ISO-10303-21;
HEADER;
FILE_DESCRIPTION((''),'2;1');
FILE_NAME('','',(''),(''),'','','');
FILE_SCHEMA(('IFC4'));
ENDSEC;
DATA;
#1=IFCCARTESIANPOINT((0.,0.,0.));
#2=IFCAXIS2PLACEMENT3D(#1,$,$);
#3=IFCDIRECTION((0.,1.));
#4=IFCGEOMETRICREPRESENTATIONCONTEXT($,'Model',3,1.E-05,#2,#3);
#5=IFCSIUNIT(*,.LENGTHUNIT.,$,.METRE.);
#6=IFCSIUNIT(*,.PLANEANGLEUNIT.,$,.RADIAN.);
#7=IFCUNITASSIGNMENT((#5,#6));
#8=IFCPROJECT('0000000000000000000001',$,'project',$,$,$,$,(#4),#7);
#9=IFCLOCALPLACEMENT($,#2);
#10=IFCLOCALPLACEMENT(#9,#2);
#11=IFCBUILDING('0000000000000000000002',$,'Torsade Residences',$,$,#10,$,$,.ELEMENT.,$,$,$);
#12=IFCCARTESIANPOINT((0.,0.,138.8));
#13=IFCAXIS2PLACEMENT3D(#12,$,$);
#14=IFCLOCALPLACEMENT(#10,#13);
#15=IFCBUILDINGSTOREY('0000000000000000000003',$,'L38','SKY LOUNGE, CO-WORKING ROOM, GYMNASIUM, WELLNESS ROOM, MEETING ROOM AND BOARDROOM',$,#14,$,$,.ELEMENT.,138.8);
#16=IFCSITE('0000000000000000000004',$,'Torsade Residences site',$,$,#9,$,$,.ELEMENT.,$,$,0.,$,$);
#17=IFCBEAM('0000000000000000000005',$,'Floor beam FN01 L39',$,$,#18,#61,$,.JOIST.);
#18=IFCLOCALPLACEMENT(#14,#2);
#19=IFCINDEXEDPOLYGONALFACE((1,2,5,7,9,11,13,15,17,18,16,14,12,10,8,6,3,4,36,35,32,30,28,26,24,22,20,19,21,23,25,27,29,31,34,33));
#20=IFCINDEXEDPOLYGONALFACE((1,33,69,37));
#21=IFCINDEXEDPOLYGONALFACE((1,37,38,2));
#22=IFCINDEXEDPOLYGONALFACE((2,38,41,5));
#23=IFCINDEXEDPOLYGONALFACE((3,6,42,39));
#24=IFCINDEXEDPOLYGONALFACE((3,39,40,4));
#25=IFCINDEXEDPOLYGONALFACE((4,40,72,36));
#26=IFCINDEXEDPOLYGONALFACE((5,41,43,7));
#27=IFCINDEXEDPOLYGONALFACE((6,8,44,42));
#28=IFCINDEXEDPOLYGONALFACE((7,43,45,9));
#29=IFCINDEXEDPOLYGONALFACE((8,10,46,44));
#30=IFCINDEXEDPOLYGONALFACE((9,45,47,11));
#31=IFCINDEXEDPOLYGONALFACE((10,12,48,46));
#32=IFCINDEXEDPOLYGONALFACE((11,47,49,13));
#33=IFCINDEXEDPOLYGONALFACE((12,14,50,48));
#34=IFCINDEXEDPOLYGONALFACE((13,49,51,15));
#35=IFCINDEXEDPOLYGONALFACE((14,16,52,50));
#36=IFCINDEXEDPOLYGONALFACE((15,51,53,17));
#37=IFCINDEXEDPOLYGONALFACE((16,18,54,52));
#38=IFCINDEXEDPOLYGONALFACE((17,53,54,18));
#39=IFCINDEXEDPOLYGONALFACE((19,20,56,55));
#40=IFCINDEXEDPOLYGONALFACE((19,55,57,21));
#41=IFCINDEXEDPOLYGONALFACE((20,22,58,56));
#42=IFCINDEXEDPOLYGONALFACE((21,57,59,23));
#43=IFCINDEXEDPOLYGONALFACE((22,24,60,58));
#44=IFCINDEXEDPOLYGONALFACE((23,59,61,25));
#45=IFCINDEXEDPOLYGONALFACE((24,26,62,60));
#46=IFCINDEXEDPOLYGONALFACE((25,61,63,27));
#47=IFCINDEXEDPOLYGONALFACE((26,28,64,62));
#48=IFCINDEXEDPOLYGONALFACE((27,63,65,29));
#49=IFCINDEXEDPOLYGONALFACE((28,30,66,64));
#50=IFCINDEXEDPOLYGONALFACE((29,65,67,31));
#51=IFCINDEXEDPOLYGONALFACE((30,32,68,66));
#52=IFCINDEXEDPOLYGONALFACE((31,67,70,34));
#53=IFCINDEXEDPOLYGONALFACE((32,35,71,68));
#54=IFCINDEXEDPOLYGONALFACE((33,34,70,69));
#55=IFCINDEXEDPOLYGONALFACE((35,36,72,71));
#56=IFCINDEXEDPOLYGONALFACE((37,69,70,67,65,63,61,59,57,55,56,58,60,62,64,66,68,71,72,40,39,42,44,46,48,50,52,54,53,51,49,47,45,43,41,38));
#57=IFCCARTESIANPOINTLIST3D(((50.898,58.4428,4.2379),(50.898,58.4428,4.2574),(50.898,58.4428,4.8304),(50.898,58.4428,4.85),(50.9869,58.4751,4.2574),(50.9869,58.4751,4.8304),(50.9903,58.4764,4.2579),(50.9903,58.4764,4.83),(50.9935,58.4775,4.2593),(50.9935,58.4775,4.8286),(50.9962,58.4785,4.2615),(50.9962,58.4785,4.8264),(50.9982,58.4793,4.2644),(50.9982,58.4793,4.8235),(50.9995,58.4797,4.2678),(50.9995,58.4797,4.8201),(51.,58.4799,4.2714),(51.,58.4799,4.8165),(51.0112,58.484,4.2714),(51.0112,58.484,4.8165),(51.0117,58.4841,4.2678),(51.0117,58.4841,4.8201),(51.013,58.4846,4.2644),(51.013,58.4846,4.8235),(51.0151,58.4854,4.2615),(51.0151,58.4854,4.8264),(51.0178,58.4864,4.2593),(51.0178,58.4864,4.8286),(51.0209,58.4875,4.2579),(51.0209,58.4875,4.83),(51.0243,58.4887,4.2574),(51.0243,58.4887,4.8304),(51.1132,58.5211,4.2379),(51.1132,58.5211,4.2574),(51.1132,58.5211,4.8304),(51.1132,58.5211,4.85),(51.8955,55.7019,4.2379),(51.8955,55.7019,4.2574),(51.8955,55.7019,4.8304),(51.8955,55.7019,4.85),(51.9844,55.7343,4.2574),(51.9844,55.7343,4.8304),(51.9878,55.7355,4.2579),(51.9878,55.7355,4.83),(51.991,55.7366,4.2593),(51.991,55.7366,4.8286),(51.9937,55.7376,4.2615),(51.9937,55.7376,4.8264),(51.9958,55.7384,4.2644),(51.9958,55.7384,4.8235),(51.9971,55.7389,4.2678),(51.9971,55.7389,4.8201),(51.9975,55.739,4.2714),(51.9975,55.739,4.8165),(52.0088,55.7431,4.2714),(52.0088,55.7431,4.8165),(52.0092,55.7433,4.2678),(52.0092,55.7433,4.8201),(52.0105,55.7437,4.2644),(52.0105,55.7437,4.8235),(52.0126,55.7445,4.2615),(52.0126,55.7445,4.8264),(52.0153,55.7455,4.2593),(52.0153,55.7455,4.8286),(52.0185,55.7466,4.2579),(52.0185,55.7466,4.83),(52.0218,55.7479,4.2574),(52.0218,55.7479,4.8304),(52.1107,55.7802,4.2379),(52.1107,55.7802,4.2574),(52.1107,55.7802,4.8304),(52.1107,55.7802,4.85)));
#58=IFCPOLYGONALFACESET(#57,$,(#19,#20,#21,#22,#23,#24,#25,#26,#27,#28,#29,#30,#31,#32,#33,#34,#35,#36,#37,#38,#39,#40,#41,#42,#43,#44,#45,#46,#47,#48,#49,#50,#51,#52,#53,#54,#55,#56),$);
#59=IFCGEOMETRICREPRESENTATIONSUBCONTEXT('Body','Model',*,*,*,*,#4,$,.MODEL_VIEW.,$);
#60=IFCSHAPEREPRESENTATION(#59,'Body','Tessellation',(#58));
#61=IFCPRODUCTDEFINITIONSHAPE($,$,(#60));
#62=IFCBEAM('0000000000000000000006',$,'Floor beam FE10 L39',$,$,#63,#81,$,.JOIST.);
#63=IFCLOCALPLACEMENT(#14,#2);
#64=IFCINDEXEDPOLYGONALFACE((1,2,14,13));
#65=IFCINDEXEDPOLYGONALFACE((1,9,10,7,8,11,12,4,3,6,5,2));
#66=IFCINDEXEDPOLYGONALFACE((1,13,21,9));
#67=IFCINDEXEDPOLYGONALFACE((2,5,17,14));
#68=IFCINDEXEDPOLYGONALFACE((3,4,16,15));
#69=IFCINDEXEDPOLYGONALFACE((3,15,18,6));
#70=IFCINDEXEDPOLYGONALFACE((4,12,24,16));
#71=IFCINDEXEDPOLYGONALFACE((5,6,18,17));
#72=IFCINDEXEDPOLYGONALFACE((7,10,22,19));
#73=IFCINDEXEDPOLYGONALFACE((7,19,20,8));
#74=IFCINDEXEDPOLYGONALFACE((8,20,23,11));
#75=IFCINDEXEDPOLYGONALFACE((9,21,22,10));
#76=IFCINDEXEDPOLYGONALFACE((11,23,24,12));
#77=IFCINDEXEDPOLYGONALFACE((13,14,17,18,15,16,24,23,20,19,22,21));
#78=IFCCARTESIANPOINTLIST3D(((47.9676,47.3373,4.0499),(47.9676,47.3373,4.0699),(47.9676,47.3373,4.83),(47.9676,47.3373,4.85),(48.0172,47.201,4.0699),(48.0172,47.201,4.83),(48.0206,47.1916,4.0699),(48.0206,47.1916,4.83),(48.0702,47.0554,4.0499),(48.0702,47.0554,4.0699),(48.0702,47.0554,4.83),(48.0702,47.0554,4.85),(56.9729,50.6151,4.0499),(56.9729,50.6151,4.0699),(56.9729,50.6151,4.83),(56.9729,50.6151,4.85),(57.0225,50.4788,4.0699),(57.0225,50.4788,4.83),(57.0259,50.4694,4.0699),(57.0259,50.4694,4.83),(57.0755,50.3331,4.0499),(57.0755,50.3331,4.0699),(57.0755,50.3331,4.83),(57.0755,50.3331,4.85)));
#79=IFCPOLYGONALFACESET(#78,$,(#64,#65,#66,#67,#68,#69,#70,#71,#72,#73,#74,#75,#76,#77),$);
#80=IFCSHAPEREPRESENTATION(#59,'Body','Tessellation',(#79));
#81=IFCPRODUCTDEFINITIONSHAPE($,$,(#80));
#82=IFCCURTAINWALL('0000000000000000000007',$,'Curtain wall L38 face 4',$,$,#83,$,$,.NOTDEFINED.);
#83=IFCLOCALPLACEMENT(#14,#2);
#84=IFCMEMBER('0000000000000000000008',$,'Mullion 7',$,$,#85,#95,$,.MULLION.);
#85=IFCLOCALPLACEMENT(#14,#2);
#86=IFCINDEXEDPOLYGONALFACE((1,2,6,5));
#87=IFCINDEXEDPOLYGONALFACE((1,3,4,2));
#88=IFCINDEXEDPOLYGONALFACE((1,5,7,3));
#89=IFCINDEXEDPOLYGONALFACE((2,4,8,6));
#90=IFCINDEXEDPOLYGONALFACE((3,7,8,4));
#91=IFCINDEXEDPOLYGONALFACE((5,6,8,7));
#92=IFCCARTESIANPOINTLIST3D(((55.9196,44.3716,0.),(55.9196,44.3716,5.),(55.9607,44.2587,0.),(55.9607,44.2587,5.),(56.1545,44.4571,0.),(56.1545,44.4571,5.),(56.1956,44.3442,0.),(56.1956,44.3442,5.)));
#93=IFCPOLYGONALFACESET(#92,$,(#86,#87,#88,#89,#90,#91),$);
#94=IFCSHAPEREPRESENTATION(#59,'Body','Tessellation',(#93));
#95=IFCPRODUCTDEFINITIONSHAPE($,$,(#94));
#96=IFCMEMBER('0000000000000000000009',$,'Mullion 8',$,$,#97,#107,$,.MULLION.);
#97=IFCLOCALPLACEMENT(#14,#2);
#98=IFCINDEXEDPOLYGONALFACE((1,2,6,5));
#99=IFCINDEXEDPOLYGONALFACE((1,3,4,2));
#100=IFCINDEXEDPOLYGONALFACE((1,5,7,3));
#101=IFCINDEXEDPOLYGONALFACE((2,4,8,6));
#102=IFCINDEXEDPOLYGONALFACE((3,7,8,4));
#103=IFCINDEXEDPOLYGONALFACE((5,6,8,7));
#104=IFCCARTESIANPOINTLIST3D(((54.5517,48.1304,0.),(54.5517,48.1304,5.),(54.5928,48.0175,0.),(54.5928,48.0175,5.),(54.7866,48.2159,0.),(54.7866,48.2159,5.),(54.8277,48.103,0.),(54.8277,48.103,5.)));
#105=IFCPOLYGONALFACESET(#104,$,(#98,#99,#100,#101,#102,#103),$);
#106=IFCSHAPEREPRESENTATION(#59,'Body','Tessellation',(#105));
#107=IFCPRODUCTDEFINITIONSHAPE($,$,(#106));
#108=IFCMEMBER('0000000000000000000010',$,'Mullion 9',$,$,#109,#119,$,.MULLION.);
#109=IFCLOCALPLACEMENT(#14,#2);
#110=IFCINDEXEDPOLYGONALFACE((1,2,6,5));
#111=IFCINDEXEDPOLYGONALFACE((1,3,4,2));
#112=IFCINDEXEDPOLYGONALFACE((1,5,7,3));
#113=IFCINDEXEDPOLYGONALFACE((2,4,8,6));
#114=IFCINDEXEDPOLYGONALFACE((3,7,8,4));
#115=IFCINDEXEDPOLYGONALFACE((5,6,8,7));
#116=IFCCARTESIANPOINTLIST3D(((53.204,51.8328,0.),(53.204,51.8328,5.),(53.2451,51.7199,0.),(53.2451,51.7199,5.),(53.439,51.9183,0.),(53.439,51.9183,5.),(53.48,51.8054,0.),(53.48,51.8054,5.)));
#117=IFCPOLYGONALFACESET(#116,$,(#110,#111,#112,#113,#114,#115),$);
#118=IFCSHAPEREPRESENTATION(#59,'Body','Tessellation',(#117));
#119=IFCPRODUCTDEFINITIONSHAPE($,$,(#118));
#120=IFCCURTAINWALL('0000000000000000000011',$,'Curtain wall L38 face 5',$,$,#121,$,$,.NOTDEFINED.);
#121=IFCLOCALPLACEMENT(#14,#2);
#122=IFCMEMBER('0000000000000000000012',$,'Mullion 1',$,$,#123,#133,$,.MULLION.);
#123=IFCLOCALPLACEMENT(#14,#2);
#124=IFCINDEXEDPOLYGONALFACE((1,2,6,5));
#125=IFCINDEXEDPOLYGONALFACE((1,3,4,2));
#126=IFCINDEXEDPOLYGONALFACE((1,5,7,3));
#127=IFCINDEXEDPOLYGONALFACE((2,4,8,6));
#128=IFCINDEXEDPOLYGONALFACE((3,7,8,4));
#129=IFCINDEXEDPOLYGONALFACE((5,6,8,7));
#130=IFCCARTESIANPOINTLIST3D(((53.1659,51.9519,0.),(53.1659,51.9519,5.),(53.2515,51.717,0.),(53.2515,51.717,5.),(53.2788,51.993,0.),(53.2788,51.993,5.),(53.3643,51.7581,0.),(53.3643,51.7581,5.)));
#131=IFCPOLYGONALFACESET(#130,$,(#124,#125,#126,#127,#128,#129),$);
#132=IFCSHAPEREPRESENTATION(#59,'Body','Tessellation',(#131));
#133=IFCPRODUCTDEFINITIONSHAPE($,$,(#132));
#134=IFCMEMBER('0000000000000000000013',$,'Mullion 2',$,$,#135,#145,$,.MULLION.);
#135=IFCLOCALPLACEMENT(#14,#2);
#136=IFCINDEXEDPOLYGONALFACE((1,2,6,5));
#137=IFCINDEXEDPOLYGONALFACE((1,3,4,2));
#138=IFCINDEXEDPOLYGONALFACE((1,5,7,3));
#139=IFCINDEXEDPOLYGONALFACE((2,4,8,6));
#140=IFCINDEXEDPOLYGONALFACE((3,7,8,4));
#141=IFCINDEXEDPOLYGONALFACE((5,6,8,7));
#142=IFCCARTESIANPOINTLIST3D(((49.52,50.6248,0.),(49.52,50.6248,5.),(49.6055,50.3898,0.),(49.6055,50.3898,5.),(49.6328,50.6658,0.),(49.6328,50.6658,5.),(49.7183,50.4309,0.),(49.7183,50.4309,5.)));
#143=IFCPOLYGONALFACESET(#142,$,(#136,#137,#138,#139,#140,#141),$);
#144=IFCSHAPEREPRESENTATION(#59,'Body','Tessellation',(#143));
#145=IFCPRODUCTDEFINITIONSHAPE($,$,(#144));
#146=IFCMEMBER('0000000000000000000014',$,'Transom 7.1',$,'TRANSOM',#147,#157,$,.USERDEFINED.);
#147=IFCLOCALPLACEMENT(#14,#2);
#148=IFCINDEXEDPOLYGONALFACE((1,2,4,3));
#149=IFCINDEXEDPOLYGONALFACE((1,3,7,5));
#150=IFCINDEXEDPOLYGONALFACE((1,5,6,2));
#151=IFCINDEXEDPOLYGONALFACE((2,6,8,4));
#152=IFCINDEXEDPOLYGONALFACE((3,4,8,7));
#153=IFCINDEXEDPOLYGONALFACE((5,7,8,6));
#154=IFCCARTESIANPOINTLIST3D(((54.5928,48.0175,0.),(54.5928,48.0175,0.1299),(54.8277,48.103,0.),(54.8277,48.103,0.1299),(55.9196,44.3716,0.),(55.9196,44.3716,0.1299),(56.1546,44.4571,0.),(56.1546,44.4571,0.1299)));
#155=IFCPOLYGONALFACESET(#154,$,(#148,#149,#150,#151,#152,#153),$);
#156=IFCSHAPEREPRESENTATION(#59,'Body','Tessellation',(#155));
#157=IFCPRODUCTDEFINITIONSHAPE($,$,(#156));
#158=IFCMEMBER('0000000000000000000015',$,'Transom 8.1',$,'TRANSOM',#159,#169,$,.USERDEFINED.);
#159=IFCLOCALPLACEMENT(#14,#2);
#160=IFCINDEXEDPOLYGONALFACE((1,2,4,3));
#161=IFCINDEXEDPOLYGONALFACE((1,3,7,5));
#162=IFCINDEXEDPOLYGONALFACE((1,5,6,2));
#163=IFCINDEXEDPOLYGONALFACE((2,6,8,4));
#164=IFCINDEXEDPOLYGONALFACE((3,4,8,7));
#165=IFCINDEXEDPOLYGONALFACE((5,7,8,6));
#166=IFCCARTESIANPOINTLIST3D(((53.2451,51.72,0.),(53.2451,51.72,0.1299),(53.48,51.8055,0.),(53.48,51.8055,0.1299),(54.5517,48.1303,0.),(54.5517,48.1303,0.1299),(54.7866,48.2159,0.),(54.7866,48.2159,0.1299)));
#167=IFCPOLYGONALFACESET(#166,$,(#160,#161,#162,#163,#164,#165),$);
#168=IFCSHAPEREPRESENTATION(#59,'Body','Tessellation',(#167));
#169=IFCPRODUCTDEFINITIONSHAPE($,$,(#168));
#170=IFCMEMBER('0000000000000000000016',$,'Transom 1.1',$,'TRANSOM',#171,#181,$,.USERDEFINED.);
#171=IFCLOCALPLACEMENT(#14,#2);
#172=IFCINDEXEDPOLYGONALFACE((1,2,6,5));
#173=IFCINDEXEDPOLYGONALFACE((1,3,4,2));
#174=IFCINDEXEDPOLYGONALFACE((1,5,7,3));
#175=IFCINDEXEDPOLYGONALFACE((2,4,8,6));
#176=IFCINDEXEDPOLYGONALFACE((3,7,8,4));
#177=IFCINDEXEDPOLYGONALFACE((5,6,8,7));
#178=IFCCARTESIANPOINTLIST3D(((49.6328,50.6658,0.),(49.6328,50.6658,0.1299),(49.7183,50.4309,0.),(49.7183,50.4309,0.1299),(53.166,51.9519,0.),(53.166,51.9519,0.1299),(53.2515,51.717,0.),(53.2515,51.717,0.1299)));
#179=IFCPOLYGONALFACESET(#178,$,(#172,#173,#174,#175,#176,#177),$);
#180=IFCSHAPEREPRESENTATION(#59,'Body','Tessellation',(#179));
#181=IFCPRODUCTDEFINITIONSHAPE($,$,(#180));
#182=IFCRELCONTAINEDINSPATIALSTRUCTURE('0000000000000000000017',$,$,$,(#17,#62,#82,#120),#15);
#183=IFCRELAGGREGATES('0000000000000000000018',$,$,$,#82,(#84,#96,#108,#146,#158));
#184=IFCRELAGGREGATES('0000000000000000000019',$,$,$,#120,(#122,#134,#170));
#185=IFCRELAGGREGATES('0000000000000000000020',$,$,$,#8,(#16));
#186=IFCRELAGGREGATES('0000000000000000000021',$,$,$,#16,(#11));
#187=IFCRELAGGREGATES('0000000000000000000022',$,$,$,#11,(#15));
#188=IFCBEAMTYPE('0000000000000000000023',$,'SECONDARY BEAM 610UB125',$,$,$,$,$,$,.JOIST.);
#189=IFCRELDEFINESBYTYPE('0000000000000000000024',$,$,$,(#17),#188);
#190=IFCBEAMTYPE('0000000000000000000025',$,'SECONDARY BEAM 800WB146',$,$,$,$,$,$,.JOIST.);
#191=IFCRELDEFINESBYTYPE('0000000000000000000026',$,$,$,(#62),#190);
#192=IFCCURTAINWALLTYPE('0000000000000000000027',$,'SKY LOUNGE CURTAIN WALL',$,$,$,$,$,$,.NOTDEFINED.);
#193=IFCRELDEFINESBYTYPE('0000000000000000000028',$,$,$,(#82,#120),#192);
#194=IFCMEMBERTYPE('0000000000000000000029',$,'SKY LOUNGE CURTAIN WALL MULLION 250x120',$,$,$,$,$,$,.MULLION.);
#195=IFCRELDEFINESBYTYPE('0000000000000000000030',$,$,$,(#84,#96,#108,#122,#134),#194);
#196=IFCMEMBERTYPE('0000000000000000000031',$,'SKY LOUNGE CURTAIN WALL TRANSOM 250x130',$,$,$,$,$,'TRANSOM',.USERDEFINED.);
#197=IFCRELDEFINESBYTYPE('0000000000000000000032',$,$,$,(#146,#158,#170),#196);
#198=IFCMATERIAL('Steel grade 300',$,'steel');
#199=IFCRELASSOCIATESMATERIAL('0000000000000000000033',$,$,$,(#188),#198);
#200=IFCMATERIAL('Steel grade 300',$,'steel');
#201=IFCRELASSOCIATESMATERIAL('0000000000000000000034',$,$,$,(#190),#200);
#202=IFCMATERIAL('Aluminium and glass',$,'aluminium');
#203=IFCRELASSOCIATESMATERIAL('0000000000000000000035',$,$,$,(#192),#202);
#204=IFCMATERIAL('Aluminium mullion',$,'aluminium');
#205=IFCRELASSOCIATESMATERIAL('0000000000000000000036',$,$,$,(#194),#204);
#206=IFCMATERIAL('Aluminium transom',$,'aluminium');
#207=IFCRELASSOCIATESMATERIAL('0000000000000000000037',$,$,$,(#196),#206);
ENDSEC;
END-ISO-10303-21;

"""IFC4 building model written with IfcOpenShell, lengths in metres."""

from ifc_helpers import new_model, si_unit, direction, frame, origin, origin_2d, place, context, subcontext, project, spatial, rectangle, i_section, extrude, material, material_profile, profile_set, type_object, element, aggregate, save


model = new_model("IFC4")

# Units and contexts
model_context = context("Model", 3, precision=1e-05, world=origin(), true_north=direction((0.0, 1.0)))
body_context = subcontext(model_context, "Body", "Model", "MODEL_VIEW")
ifc_project = project(units=[si_unit("LENGTHUNIT", "METRE"), si_unit("PLANEANGLEUNIT", "RADIAN")], contexts=[model_context])

# Site, building, storey
site_placement = place(None, origin())
site = spatial("IfcSite", under=ifc_project, at=site_placement, Name="Torsade Residences site", CompositionType="ELEMENT", RefElevation=0.0)
building_placement = place(site_placement, origin())
building = spatial("IfcBuilding", under=site, at=building_placement, Name="Torsade Residences", CompositionType="ELEMENT")
storey_placement = place(building_placement, frame((0.0, 0.0, 138.8)))
storey = spatial("IfcBuildingStorey", under=building, at=storey_placement, Name="L38", Description="SKY LOUNGE, CO-WORKING ROOM, GYMNASIUM, WELLNESS ROOM, MEETING ROOM AND BOARDROOM", CompositionType="ELEMENT", Elevation=138.8)

# Beams
ifc_material_1 = material(Name="Steel grade 300", Category="steel")
ifc_material_profile_1 = material_profile(ifc_material_1, i_section(OverallWidth=0.229, OverallDepth=0.6121, WebThickness=0.012, FlangeThickness=0.0195, FilletRadius=0.0139, at=origin_2d()), Name="610UB125")
ifc_profile_set_1 = profile_set([ifc_material_profile_1], Name="Steel grade 300")
beam_type_1 = type_object("IfcBeamType", Name="SECONDARY BEAM 610UB125", PredefinedType="JOIST", material=ifc_profile_set_1)
for number, where, z_axis, x_axis, name in (
    (1, (51.0056, 58.4819, 4.5439), (0.341998, -0.939701, 0.0), (0.939701, 0.341998, 0.0), "Floor beam FN01 L39"),
):
    element("IfcBeam", number, at=place(storey_placement, frame(where, z_axis=z_axis, x_axis=x_axis)), inside=storey, type_object=beam_type_1, Name=name, PredefinedType="JOIST", context=body_context, shape_type="SweptSolid", body=[
        extrude(i_section(OverallWidth=0.229, OverallDepth=0.6121, WebThickness=0.012, FlangeThickness=0.0195, FilletRadius=0.0139, at=origin_2d()), origin(), (0.0, 0.0, 1.0), 2.9167),
    ])
ifc_material_2 = material(Name="Steel grade 300", Category="steel")
ifc_material_profile_2 = material_profile(ifc_material_2, i_section(OverallWidth=0.3, OverallDepth=0.8, WebThickness=0.01, FlangeThickness=0.02, at=origin_2d()), Name="800WB146")
ifc_profile_set_2 = profile_set([ifc_material_profile_2], Name="Steel grade 300")
beam_type_2 = type_object("IfcBeamType", Name="SECONDARY BEAM 800WB146", PredefinedType="JOIST", material=ifc_profile_set_2)
beam_1_placement = place(storey_placement, frame((57.0242, 50.4741, 4.45), z_axis=(-0.939688, -0.342034, 0.0), x_axis=(0.342034, -0.939688, 0.0)))
element("IfcBeam", 2, at=beam_1_placement, inside=storey, type_object=beam_type_2, Name="Floor beam FE10 L39", PredefinedType="JOIST", context=body_context, shape_type="SweptSolid", body=[
    extrude(i_section(OverallWidth=0.3, OverallDepth=0.8, WebThickness=0.01, FlangeThickness=0.02, at=origin_2d()), origin(), (0.0, 0.0, 1.0), 9.5833),
])

# Curtain walls, members
ifc_material_3 = material(Name="Aluminium and glass", Category="aluminium")
curtain_wall_type = type_object("IfcCurtainWallType", Name="SKY LOUNGE CURTAIN WALL", PredefinedType="NOTDEFINED", material=ifc_material_3)
curtain_wall_1_placement = place(storey_placement, origin())
curtain_wall_1 = element("IfcCurtainWall", 3, at=curtain_wall_1_placement, inside=storey, type_object=curtain_wall_type, Name="Curtain wall L38 face 4", PredefinedType="NOTDEFINED")
ifc_material_4 = material(Name="Aluminium mullion", Category="aluminium")
ifc_material_profile_3 = material_profile(ifc_material_4, rectangle(XDim=0.25, YDim=0.1201, at=origin_2d()), Name="SKY LOUNGE CURTAIN WALL MULLION 250x120")
ifc_profile_set_3 = profile_set([ifc_material_profile_3], Name="Aluminium mullion")
member_type_1 = type_object("IfcMemberType", Name="SKY LOUNGE CURTAIN WALL MULLION 250x120", PredefinedType="MULLION", material=ifc_profile_set_3)
member_1_placement = place(storey_placement, frame((56.0576, 44.3579, 0.0), z_axis=(0.0, 0.0, 1.0), x_axis=(-0.939693, -0.34202, 0.0)))
member_1 = element("IfcMember", 4, at=member_1_placement, type_object=member_type_1, Name="Mullion 7", PredefinedType="MULLION", context=body_context, shape_type="SweptSolid", body=[
    extrude(rectangle(XDim=0.25, YDim=0.1201, at=origin_2d()), origin(), (0.0, 0.0, 1.0), 5.0),
])
member_2_placement = place(storey_placement, frame((54.6897, 48.1167, 0.0), z_axis=(0.0, 0.0, 1.0), x_axis=(-0.939693, -0.34202, 0.0)))
member_2 = element("IfcMember", 5, at=member_2_placement, type_object=member_type_1, Name="Mullion 8", PredefinedType="MULLION", context=body_context, shape_type="SweptSolid", body=[
    extrude(rectangle(XDim=0.25, YDim=0.1201, at=origin_2d()), origin(), (0.0, 0.0, 1.0), 5.0),
])
member_3_placement = place(storey_placement, frame((53.342, 51.8191, 0.0), z_axis=(0.0, 0.0, 1.0), x_axis=(-0.939693, -0.34202, 0.0)))
member_3 = element("IfcMember", 6, at=member_3_placement, type_object=member_type_1, Name="Mullion 9", PredefinedType="MULLION", context=body_context, shape_type="SweptSolid", body=[
    extrude(rectangle(XDim=0.25, YDim=0.1201, at=origin_2d()), origin(), (0.0, 0.0, 1.0), 5.0),
])
curtain_wall_2_placement = place(storey_placement, origin())
curtain_wall_2 = element("IfcCurtainWall", 7, at=curtain_wall_2_placement, inside=storey, type_object=curtain_wall_type, Name="Curtain wall L38 face 5", PredefinedType="NOTDEFINED")
member_4_placement = place(storey_placement, frame((53.2651, 51.855, 0.0), z_axis=(0.0, 0.0, 1.0), x_axis=(0.34202, -0.939693, 0.0)))
member_4 = element("IfcMember", 8, at=member_4_placement, type_object=member_type_1, Name="Mullion 1", PredefinedType="MULLION", context=body_context, shape_type="SweptSolid", body=[
    extrude(rectangle(XDim=0.25, YDim=0.1201, at=origin_2d()), origin(), (0.0, 0.0, 1.0), 5.0),
])
member_5_placement = place(storey_placement, frame((49.6191, 50.5278, 0.0), z_axis=(0.0, 0.0, 1.0), x_axis=(0.34202, -0.939693, 0.0)))
member_5 = element("IfcMember", 9, at=member_5_placement, type_object=member_type_1, Name="Mullion 2", PredefinedType="MULLION", context=body_context, shape_type="SweptSolid", body=[
    extrude(rectangle(XDim=0.25, YDim=0.1201, at=origin_2d()), origin(), (0.0, 0.0, 1.0), 5.0),
])

# Members
ifc_material_5 = material(Name="Aluminium transom", Category="aluminium")
ifc_material_profile_4 = material_profile(ifc_material_5, rectangle(XDim=0.25, YDim=0.1299, at=origin_2d()), Name="SKY LOUNGE CURTAIN WALL TRANSOM 250x130")
ifc_profile_set_4 = profile_set([ifc_material_profile_4], Name="Aluminium transom")
member_type_2 = type_object("IfcMemberType", Name="SKY LOUNGE CURTAIN WALL TRANSOM 250x130", ElementType="TRANSOM", PredefinedType="USERDEFINED", material=ifc_profile_set_4)
member_6_placement = place(storey_placement, frame((56.0371, 44.4143, 0.0649), z_axis=(-0.341991, 0.939703, 0.0), x_axis=(-0.939703, -0.341991, 0.0)))
member_6 = element("IfcMember", 10, at=member_6_placement, type_object=member_type_2, Name="Transom 7.1", ObjectType="TRANSOM", PredefinedType="USERDEFINED", context=body_context, shape_type="SweptSolid", body=[
    extrude(rectangle(XDim=0.25, YDim=0.1299, at=origin_2d()), origin(), (0.0, 0.0, 1.0), 3.8799),
])
member_7_placement = place(storey_placement, frame((54.6692, 48.1731, 0.0649), z_axis=(-0.342051, 0.939681, 0.0), x_axis=(-0.939681, -0.342051, 0.0)))
member_7 = element("IfcMember", 11, at=member_7_placement, type_object=member_type_2, Name="Transom 8.1", ObjectType="TRANSOM", PredefinedType="USERDEFINED", context=body_context, shape_type="SweptSolid", body=[
    extrude(rectangle(XDim=0.25, YDim=0.1299, at=origin_2d()), origin(), (0.0, 0.0, 1.0), 3.8201),
])
member_8_placement = place(storey_placement, frame((53.2087, 51.8345, 0.0649), z_axis=(-0.93968, -0.342056, 0.0), x_axis=(0.342056, -0.93968, 0.0)))
member_8 = element("IfcMember", 12, at=member_8_placement, type_object=member_type_2, Name="Transom 1.1", ObjectType="TRANSOM", PredefinedType="USERDEFINED", context=body_context, shape_type="SweptSolid", body=[
    extrude(rectangle(XDim=0.25, YDim=0.1299, at=origin_2d()), origin(), (0.0, 0.0, 1.0), 3.76),
])

aggregate(curtain_wall_1, [member_1, member_2, member_3, member_6, member_7])
aggregate(curtain_wall_2, [member_4, member_5, member_8])

save(model, "model.ifc")
